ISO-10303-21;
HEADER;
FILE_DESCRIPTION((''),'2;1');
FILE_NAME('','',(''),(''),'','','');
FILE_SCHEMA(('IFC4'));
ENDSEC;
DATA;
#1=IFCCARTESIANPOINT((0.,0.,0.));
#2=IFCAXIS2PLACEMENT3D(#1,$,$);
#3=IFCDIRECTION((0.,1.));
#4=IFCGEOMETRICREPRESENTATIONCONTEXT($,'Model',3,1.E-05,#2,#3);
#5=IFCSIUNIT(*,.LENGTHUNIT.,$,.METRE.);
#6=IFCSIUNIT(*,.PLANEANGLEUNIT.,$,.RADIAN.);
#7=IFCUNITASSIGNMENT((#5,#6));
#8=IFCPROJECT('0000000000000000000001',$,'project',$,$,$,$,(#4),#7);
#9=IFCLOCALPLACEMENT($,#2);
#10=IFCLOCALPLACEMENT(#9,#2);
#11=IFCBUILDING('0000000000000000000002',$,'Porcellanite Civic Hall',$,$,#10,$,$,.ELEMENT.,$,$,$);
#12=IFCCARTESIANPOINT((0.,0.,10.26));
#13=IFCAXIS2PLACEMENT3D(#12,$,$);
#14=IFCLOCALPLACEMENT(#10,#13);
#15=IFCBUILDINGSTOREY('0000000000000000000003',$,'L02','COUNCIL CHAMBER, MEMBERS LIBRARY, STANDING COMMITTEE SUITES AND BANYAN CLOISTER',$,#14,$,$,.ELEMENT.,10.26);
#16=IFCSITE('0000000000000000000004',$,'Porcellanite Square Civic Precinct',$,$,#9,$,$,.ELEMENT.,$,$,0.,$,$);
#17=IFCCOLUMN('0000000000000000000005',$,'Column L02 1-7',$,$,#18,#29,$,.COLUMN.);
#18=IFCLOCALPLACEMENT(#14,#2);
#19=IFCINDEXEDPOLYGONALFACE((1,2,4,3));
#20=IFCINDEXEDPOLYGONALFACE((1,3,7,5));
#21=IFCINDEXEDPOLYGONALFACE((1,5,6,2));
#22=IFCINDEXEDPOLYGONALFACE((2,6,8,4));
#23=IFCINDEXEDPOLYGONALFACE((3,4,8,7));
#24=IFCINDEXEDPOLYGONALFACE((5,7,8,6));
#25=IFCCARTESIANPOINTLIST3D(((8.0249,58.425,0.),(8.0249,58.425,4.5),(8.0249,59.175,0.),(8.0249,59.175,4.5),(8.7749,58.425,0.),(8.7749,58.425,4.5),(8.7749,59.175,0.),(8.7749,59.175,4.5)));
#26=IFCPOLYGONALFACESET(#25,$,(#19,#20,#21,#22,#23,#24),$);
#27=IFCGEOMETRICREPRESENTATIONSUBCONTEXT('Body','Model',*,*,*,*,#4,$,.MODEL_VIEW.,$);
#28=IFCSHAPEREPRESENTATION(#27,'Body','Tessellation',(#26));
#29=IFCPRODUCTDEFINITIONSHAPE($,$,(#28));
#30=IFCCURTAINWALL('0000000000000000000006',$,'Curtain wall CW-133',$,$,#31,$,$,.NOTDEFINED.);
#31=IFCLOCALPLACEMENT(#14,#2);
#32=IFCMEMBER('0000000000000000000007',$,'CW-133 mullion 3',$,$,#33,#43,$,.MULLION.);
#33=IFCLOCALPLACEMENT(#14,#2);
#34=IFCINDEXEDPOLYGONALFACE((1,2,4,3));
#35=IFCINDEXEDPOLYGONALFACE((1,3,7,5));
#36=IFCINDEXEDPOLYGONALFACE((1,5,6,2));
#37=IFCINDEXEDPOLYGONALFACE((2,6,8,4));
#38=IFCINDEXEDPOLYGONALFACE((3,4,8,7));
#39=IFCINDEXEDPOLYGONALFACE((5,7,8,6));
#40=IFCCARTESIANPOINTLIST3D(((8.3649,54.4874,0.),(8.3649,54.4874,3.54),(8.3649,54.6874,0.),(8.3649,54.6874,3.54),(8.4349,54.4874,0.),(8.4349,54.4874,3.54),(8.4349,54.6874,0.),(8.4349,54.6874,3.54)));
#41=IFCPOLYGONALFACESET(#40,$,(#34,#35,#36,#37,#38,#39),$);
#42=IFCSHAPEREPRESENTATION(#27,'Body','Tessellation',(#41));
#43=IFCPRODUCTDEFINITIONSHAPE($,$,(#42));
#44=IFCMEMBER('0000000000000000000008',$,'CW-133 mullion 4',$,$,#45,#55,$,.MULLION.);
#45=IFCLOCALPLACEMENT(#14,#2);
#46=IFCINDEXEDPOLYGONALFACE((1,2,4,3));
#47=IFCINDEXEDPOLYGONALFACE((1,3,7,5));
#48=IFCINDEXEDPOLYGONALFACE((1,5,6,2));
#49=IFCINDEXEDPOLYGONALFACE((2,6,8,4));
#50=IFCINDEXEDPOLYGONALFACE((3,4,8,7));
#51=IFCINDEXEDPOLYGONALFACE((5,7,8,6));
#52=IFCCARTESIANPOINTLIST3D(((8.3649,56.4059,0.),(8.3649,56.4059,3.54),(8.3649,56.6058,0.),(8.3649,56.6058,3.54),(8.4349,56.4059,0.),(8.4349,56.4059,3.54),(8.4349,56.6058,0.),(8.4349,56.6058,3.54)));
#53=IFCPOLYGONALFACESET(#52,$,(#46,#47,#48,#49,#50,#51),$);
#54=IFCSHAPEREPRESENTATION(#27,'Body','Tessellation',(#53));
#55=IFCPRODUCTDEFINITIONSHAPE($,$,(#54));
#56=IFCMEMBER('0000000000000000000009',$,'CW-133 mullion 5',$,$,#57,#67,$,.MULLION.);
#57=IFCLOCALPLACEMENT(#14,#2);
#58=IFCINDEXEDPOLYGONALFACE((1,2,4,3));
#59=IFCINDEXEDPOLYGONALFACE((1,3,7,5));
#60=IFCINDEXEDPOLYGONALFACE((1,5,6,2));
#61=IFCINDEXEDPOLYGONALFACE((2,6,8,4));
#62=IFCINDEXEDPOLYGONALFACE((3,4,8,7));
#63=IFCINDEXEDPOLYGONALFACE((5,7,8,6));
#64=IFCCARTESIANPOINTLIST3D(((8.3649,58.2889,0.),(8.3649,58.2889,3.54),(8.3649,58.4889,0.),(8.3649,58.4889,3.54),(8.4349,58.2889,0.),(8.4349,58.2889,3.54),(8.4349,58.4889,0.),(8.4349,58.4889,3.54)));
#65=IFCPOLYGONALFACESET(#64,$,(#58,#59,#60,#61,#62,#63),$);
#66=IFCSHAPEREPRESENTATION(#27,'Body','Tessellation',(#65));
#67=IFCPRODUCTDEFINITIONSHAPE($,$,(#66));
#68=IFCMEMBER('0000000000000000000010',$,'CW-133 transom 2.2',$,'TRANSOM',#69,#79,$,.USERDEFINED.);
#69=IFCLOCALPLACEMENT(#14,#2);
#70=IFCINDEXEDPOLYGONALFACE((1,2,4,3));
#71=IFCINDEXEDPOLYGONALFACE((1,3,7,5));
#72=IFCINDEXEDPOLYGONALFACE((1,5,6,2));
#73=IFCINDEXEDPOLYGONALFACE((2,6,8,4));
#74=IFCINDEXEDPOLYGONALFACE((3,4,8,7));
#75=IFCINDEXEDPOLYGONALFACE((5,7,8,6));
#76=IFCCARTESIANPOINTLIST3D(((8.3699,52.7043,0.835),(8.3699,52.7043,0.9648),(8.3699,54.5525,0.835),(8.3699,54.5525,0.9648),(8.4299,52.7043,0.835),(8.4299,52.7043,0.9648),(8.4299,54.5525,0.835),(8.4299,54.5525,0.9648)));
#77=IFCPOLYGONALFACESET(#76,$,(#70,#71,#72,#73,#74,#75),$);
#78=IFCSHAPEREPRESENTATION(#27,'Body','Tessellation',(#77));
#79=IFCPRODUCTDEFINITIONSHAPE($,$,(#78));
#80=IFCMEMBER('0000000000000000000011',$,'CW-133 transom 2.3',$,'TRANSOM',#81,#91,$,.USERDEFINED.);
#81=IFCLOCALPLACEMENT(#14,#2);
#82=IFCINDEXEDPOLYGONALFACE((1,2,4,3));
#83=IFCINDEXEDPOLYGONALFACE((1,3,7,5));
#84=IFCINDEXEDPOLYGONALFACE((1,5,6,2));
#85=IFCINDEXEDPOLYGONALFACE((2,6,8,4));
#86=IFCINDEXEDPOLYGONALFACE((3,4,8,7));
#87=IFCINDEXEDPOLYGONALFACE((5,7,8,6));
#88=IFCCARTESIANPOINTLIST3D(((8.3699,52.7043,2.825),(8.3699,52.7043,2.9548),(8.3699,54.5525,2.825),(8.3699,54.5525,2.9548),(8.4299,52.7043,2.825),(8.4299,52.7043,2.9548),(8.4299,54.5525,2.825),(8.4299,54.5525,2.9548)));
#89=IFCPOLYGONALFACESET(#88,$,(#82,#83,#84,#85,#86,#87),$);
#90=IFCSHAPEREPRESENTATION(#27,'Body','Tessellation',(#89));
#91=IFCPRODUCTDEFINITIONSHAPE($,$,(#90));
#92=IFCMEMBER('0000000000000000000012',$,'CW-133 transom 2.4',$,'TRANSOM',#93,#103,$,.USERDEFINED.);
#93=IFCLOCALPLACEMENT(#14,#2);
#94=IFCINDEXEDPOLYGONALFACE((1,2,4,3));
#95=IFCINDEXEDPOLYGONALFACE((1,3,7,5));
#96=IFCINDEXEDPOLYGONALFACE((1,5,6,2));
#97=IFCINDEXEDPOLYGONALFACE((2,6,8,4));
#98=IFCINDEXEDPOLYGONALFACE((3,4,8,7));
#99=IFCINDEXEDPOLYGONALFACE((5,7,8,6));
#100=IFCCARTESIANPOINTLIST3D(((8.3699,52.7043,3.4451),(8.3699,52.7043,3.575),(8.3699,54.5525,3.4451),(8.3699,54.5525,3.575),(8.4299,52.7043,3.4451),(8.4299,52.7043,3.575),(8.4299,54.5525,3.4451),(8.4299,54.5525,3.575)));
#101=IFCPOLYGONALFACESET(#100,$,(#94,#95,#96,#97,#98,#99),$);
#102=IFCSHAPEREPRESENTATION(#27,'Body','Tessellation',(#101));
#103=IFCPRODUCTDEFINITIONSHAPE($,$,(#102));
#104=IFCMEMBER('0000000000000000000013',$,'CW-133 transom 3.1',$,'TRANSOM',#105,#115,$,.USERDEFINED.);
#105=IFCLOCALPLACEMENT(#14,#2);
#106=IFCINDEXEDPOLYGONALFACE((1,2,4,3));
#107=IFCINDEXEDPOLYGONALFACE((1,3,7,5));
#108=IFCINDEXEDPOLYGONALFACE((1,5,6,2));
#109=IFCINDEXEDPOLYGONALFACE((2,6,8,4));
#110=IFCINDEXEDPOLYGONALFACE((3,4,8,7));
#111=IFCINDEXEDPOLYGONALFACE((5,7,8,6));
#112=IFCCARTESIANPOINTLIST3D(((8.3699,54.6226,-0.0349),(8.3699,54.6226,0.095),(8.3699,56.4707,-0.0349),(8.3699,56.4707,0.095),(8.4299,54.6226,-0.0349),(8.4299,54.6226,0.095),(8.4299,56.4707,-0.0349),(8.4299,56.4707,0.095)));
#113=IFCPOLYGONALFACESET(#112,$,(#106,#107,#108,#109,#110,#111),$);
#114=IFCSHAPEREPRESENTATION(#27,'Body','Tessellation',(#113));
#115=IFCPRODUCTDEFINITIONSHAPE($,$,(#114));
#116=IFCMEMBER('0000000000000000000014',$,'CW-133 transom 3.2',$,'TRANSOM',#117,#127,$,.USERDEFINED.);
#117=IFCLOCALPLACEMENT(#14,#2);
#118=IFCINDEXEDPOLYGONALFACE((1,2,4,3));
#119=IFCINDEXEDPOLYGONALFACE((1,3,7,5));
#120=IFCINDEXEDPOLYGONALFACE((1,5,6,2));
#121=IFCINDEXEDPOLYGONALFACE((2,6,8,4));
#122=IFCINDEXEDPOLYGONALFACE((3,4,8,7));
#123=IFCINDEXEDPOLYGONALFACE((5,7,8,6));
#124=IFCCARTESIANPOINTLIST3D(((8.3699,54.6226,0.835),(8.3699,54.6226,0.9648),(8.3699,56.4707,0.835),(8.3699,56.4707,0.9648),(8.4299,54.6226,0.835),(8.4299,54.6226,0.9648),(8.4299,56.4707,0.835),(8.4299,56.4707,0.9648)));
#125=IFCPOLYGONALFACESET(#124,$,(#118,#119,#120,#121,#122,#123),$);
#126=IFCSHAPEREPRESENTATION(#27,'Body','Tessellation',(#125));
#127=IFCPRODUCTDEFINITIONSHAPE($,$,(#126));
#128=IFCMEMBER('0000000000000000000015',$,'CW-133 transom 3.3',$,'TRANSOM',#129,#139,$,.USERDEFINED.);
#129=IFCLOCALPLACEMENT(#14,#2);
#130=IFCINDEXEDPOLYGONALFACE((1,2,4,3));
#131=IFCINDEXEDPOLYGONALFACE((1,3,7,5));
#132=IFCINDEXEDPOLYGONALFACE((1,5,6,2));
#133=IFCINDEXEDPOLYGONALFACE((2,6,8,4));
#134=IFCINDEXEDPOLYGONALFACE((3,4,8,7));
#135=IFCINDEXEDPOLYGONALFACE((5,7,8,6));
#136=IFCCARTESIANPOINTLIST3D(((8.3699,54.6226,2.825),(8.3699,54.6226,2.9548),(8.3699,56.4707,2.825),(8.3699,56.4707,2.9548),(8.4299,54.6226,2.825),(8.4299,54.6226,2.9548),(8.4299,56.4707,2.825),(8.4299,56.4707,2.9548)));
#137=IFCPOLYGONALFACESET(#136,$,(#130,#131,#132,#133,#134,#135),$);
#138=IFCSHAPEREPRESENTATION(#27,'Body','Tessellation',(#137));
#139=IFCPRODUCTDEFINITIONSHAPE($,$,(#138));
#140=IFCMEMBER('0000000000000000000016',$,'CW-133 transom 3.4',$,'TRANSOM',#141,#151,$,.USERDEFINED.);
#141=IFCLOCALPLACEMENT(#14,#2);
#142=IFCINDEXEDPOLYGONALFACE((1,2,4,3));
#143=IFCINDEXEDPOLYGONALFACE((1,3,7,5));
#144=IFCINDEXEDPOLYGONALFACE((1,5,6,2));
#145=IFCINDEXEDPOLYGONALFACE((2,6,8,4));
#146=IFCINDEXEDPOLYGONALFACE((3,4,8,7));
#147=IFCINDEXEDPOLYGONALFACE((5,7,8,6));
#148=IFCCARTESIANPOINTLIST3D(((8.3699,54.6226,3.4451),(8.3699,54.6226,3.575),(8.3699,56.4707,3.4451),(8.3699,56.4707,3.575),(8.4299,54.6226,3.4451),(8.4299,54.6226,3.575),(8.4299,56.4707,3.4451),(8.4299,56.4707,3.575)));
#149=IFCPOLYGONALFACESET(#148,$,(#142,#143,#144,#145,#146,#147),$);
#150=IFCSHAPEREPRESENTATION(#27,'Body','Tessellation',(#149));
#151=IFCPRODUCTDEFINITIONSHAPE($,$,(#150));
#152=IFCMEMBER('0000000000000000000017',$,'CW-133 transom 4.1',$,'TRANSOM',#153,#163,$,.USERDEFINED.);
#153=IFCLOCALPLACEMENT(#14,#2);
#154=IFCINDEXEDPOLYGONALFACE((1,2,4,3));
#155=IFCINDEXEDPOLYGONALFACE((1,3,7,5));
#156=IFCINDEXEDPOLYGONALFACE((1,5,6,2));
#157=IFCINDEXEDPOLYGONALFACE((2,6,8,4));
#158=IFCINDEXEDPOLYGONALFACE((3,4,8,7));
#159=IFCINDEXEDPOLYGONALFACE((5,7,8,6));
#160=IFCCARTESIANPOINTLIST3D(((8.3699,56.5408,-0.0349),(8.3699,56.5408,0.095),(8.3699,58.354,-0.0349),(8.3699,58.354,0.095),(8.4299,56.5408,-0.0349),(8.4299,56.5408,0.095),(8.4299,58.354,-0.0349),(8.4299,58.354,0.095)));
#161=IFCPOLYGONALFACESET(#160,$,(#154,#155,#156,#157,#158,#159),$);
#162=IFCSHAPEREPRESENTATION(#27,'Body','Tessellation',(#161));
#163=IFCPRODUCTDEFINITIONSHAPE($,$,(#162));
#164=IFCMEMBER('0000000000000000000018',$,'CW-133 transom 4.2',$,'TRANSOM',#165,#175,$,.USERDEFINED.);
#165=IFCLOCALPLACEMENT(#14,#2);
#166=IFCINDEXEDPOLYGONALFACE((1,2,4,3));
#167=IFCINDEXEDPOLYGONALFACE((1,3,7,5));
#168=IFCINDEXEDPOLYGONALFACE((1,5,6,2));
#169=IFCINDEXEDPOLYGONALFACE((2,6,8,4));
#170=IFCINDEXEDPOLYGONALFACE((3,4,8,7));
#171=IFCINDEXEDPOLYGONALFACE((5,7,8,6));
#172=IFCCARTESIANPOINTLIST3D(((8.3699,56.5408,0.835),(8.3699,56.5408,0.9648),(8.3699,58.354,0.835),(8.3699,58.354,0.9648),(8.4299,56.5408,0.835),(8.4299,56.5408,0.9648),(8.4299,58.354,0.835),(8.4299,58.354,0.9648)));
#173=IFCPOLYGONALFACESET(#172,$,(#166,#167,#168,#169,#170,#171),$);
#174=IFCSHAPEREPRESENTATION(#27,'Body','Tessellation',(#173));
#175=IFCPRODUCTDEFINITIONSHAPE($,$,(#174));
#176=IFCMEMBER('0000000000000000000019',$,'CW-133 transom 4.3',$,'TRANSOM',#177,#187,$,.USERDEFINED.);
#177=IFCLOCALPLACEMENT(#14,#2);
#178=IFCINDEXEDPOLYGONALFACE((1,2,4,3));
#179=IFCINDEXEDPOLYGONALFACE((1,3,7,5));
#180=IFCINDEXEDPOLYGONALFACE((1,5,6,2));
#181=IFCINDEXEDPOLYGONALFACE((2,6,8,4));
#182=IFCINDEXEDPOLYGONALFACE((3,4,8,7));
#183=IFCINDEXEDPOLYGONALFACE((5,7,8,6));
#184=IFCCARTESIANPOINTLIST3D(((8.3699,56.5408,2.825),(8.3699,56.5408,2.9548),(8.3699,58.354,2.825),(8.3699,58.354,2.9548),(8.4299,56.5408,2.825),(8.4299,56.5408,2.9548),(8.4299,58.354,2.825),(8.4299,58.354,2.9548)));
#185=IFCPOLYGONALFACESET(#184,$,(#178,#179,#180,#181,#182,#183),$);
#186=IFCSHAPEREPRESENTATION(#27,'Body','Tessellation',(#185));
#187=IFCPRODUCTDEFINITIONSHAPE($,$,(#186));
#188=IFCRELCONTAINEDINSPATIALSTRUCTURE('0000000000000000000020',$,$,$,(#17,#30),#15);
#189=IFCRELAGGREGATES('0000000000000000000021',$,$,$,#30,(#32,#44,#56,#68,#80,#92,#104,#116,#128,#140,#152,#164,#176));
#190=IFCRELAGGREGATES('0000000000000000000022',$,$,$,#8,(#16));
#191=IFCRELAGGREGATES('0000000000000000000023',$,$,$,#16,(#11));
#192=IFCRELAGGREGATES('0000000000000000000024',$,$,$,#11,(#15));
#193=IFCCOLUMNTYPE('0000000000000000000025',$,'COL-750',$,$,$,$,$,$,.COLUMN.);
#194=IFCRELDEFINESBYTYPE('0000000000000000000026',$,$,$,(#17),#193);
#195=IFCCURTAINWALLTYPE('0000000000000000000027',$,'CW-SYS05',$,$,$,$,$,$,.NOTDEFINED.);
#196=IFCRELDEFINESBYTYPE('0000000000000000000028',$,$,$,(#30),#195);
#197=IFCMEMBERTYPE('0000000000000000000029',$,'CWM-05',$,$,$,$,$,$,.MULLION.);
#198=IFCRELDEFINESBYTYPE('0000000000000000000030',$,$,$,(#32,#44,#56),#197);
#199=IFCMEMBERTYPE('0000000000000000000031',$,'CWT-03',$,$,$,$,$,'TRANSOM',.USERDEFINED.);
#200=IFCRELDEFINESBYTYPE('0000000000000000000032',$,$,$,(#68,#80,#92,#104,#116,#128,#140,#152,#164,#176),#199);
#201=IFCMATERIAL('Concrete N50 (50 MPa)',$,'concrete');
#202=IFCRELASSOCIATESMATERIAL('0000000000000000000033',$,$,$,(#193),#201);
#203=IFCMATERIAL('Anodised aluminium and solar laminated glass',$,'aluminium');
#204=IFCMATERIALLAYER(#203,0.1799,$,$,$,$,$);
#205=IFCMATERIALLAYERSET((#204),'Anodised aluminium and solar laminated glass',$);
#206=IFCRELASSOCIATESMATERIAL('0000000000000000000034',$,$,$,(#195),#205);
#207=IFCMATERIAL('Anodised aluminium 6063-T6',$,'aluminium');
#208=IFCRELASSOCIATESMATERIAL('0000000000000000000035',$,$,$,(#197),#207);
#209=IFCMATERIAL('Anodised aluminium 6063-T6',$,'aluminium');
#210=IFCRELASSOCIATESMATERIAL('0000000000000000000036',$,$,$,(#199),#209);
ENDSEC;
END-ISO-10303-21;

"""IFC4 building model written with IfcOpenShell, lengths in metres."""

from ifc_helpers import new_model, si_unit, direction, frame, origin, origin_2d, place, context, subcontext, project, spatial, rectangle, extrude, material, layer, layer_set, material_profile, profile_set, type_object, element, aggregate, save


model = new_model("IFC4")

# Units and contexts
model_context = context("Model", 3, precision=1e-05, world=origin(), true_north=direction((0.0, 1.0)))
body_context = subcontext(model_context, "Body", "Model", "MODEL_VIEW")
ifc_project = project(units=[si_unit("LENGTHUNIT", "METRE"), si_unit("PLANEANGLEUNIT", "RADIAN")], contexts=[model_context])

# Site, building, storey
site_placement = place(None, origin())
site = spatial("IfcSite", under=ifc_project, at=site_placement, Name="Porcellanite Square Civic Precinct", CompositionType="ELEMENT", RefElevation=0.0)
building_placement = place(site_placement, origin())
building = spatial("IfcBuilding", under=site, at=building_placement, Name="Porcellanite Civic Hall", CompositionType="ELEMENT")
storey_placement = place(building_placement, frame((0.0, 0.0, 10.26)))
storey = spatial("IfcBuildingStorey", under=building, at=storey_placement, Name="L02", Description="COUNCIL CHAMBER, MEMBERS LIBRARY, STANDING COMMITTEE SUITES AND BANYAN CLOISTER", CompositionType="ELEMENT", Elevation=10.26)

# Column
ifc_material_1 = material(Name="Concrete N50 (50 MPa)", Category="concrete")
ifc_material_profile_1 = material_profile(ifc_material_1, rectangle(XDim=0.75, YDim=0.75, at=origin_2d()), Name="RC-750x750")
ifc_profile_set_1 = profile_set([ifc_material_profile_1], Name="Concrete N50 (50 MPa)")
column_type = type_object("IfcColumnType", Name="COL-750", PredefinedType="COLUMN", material=ifc_profile_set_1)
column_placement = place(storey_placement, frame((8.3999, 58.8, 0.0), z_axis=(0.0, 0.0, 1.0), x_axis=(1.0, 0.0, 0.0)))
element("IfcColumn", 1, at=column_placement, inside=storey, type_object=column_type, Name="Column L02 1-7", PredefinedType="COLUMN", context=body_context, shape_type="SweptSolid", body=[
    extrude(rectangle(XDim=0.75, YDim=0.75, at=origin_2d()), origin(), (0.0, 0.0, 1.0), 4.5),
])

# Curtain wall, members
ifc_material_2 = material(Name="Anodised aluminium and solar laminated glass", Category="aluminium")
ifc_layer_1 = layer(ifc_material_2, 0.1799)
ifc_layer_set_1 = layer_set([ifc_layer_1], Name="Anodised aluminium and solar laminated glass")
curtain_wall_type = type_object("IfcCurtainWallType", Name="CW-SYS05", PredefinedType="NOTDEFINED", material=ifc_layer_set_1)
curtain_wall_placement = place(storey_placement, origin())
curtain_wall = element("IfcCurtainWall", 2, at=curtain_wall_placement, inside=storey, type_object=curtain_wall_type, Name="Curtain wall CW-133", PredefinedType="NOTDEFINED")
ifc_material_3 = material(Name="Anodised aluminium 6063-T6", Category="aluminium")
ifc_material_profile_2 = material_profile(ifc_material_3, rectangle(XDim=0.0701, YDim=0.2, at=origin_2d()), Name="AL-70x200")
ifc_profile_set_2 = profile_set([ifc_material_profile_2], Name="Anodised aluminium 6063-T6")
member_type_1 = type_object("IfcMemberType", Name="CWM-05", PredefinedType="MULLION", material=ifc_profile_set_2)
member_1_placement = place(storey_placement, frame((8.3999, 54.5874, 0.0), z_axis=(0.0, 0.0, 1.0), x_axis=(-1.0, 0.0, 0.0)))
member_1 = element("IfcMember", 3, at=member_1_placement, type_object=member_type_1, Name="CW-133 mullion 3", PredefinedType="MULLION", context=body_context, shape_type="SweptSolid", body=[
    extrude(rectangle(XDim=0.0701, YDim=0.2, at=origin_2d()), origin(), (0.0, 0.0, 1.0), 3.54),
])
member_2_placement = place(storey_placement, frame((8.3999, 56.5059, 0.0), z_axis=(0.0, 0.0, 1.0), x_axis=(-1.0, 0.0, 0.0)))
member_2 = element("IfcMember", 4, at=member_2_placement, type_object=member_type_1, Name="CW-133 mullion 4", PredefinedType="MULLION", context=body_context, shape_type="SweptSolid", body=[
    extrude(rectangle(XDim=0.0701, YDim=0.2, at=origin_2d()), origin(), (0.0, 0.0, 1.0), 3.54),
])
member_3_placement = place(storey_placement, frame((8.3999, 58.3889, 0.0), z_axis=(0.0, 0.0, 1.0), x_axis=(-1.0, 0.0, 0.0)))
member_3 = element("IfcMember", 5, at=member_3_placement, type_object=member_type_1, Name="CW-133 mullion 5", PredefinedType="MULLION", context=body_context, shape_type="SweptSolid", body=[
    extrude(rectangle(XDim=0.0701, YDim=0.2, at=origin_2d()), origin(), (0.0, 0.0, 1.0), 3.54),
])
ifc_material_4 = material(Name="Anodised aluminium 6063-T6", Category="aluminium")
ifc_material_profile_3 = material_profile(ifc_material_4, rectangle(XDim=0.0601, YDim=0.1299, at=origin_2d()), Name="AL-60x130")
ifc_profile_set_3 = profile_set([ifc_material_profile_3], Name="Anodised aluminium 6063-T6")
member_type_2 = type_object("IfcMemberType", Name="CWT-03", ElementType="TRANSOM", PredefinedType="USERDEFINED", material=ifc_profile_set_3)
member_4_placement = place(storey_placement, frame((8.3999, 52.7043, 0.8999), z_axis=(0.0, 1.0, 0.0), x_axis=(-1.0, 0.0, 0.0)))
member_4 = element("IfcMember", 6, at=member_4_placement, type_object=member_type_2, Name="CW-133 transom 2.2", ObjectType="TRANSOM", PredefinedType="USERDEFINED", context=body_context, shape_type="SweptSolid", body=[
    extrude(rectangle(XDim=0.0601, YDim=0.1299, at=origin_2d()), origin(), (0.0, 0.0, 1.0), 1.8481),
])
member_5_placement = place(storey_placement, frame((8.3999, 52.7043, 2.8899), z_axis=(0.0, 1.0, 0.0), x_axis=(-1.0, 0.0, 0.0)))
member_5 = element("IfcMember", 7, at=member_5_placement, type_object=member_type_2, Name="CW-133 transom 2.3", ObjectType="TRANSOM", PredefinedType="USERDEFINED", context=body_context, shape_type="SweptSolid", body=[
    extrude(rectangle(XDim=0.0601, YDim=0.1299, at=origin_2d()), origin(), (0.0, 0.0, 1.0), 1.8481),
])
member_6_placement = place(storey_placement, frame((8.3999, 52.7043, 3.51), z_axis=(0.0, 1.0, 0.0), x_axis=(-1.0, 0.0, 0.0)))
member_6 = element("IfcMember", 8, at=member_6_placement, type_object=member_type_2, Name="CW-133 transom 2.4", ObjectType="TRANSOM", PredefinedType="USERDEFINED", context=body_context, shape_type="SweptSolid", body=[
    extrude(rectangle(XDim=0.0601, YDim=0.1299, at=origin_2d()), origin(), (0.0, 0.0, 1.0), 1.8481),
])
member_7_placement = place(storey_placement, frame((8.3999, 54.6226, 0.03), z_axis=(0.0, 1.0, 0.0), x_axis=(-1.0, 0.0, 0.0)))
member_7 = element("IfcMember", 9, at=member_7_placement, type_object=member_type_2, Name="CW-133 transom 3.1", ObjectType="TRANSOM", PredefinedType="USERDEFINED", context=body_context, shape_type="SweptSolid", body=[
    extrude(rectangle(XDim=0.0601, YDim=0.1299, at=origin_2d()), origin(), (0.0, 0.0, 1.0), 1.8481),
])
member_8_placement = place(storey_placement, frame((8.3999, 54.6226, 0.8999), z_axis=(0.0, 1.0, 0.0), x_axis=(-1.0, 0.0, 0.0)))
member_8 = element("IfcMember", 10, at=member_8_placement, type_object=member_type_2, Name="CW-133 transom 3.2", ObjectType="TRANSOM", PredefinedType="USERDEFINED", context=body_context, shape_type="SweptSolid", body=[
    extrude(rectangle(XDim=0.0601, YDim=0.1299, at=origin_2d()), origin(), (0.0, 0.0, 1.0), 1.8481),
])
member_9_placement = place(storey_placement, frame((8.3999, 54.6226, 2.8899), z_axis=(0.0, 1.0, 0.0), x_axis=(-1.0, 0.0, 0.0)))
member_9 = element("IfcMember", 11, at=member_9_placement, type_object=member_type_2, Name="CW-133 transom 3.3", ObjectType="TRANSOM", PredefinedType="USERDEFINED", context=body_context, shape_type="SweptSolid", body=[
    extrude(rectangle(XDim=0.0601, YDim=0.1299, at=origin_2d()), origin(), (0.0, 0.0, 1.0), 1.8481),
])
member_10_placement = place(storey_placement, frame((8.3999, 54.6226, 3.51), z_axis=(0.0, 1.0, 0.0), x_axis=(-1.0, 0.0, 0.0)))
member_10 = element("IfcMember", 12, at=member_10_placement, type_object=member_type_2, Name="CW-133 transom 3.4", ObjectType="TRANSOM", PredefinedType="USERDEFINED", context=body_context, shape_type="SweptSolid", body=[
    extrude(rectangle(XDim=0.0601, YDim=0.1299, at=origin_2d()), origin(), (0.0, 0.0, 1.0), 1.8481),
])
member_11_placement = place(storey_placement, frame((8.3999, 56.5408, 0.03), z_axis=(0.0, 1.0, 0.0), x_axis=(-1.0, 0.0, 0.0)))
member_11 = element("IfcMember", 13, at=member_11_placement, type_object=member_type_2, Name="CW-133 transom 4.1", ObjectType="TRANSOM", PredefinedType="USERDEFINED", context=body_context, shape_type="SweptSolid", body=[
    extrude(rectangle(XDim=0.0601, YDim=0.1299, at=origin_2d()), origin(), (0.0, 0.0, 1.0), 1.8132),
])
member_12_placement = place(storey_placement, frame((8.3999, 56.5408, 0.8999), z_axis=(0.0, 1.0, 0.0), x_axis=(-1.0, 0.0, 0.0)))
member_12 = element("IfcMember", 14, at=member_12_placement, type_object=member_type_2, Name="CW-133 transom 4.2", ObjectType="TRANSOM", PredefinedType="USERDEFINED", context=body_context, shape_type="SweptSolid", body=[
    extrude(rectangle(XDim=0.0601, YDim=0.1299, at=origin_2d()), origin(), (0.0, 0.0, 1.0), 1.8132),
])
member_13_placement = place(storey_placement, frame((8.3999, 56.5408, 2.8899), z_axis=(0.0, 1.0, 0.0), x_axis=(-1.0, 0.0, 0.0)))
member_13 = element("IfcMember", 15, at=member_13_placement, type_object=member_type_2, Name="CW-133 transom 4.3", ObjectType="TRANSOM", PredefinedType="USERDEFINED", context=body_context, shape_type="SweptSolid", body=[
    extrude(rectangle(XDim=0.0601, YDim=0.1299, at=origin_2d()), origin(), (0.0, 0.0, 1.0), 1.8132),
])
aggregate(curtain_wall, [member_1, member_2, member_3, member_4, member_5, member_6, member_7, member_8, member_9, member_10, member_11, member_12, member_13])

save(model, "model.ifc")
